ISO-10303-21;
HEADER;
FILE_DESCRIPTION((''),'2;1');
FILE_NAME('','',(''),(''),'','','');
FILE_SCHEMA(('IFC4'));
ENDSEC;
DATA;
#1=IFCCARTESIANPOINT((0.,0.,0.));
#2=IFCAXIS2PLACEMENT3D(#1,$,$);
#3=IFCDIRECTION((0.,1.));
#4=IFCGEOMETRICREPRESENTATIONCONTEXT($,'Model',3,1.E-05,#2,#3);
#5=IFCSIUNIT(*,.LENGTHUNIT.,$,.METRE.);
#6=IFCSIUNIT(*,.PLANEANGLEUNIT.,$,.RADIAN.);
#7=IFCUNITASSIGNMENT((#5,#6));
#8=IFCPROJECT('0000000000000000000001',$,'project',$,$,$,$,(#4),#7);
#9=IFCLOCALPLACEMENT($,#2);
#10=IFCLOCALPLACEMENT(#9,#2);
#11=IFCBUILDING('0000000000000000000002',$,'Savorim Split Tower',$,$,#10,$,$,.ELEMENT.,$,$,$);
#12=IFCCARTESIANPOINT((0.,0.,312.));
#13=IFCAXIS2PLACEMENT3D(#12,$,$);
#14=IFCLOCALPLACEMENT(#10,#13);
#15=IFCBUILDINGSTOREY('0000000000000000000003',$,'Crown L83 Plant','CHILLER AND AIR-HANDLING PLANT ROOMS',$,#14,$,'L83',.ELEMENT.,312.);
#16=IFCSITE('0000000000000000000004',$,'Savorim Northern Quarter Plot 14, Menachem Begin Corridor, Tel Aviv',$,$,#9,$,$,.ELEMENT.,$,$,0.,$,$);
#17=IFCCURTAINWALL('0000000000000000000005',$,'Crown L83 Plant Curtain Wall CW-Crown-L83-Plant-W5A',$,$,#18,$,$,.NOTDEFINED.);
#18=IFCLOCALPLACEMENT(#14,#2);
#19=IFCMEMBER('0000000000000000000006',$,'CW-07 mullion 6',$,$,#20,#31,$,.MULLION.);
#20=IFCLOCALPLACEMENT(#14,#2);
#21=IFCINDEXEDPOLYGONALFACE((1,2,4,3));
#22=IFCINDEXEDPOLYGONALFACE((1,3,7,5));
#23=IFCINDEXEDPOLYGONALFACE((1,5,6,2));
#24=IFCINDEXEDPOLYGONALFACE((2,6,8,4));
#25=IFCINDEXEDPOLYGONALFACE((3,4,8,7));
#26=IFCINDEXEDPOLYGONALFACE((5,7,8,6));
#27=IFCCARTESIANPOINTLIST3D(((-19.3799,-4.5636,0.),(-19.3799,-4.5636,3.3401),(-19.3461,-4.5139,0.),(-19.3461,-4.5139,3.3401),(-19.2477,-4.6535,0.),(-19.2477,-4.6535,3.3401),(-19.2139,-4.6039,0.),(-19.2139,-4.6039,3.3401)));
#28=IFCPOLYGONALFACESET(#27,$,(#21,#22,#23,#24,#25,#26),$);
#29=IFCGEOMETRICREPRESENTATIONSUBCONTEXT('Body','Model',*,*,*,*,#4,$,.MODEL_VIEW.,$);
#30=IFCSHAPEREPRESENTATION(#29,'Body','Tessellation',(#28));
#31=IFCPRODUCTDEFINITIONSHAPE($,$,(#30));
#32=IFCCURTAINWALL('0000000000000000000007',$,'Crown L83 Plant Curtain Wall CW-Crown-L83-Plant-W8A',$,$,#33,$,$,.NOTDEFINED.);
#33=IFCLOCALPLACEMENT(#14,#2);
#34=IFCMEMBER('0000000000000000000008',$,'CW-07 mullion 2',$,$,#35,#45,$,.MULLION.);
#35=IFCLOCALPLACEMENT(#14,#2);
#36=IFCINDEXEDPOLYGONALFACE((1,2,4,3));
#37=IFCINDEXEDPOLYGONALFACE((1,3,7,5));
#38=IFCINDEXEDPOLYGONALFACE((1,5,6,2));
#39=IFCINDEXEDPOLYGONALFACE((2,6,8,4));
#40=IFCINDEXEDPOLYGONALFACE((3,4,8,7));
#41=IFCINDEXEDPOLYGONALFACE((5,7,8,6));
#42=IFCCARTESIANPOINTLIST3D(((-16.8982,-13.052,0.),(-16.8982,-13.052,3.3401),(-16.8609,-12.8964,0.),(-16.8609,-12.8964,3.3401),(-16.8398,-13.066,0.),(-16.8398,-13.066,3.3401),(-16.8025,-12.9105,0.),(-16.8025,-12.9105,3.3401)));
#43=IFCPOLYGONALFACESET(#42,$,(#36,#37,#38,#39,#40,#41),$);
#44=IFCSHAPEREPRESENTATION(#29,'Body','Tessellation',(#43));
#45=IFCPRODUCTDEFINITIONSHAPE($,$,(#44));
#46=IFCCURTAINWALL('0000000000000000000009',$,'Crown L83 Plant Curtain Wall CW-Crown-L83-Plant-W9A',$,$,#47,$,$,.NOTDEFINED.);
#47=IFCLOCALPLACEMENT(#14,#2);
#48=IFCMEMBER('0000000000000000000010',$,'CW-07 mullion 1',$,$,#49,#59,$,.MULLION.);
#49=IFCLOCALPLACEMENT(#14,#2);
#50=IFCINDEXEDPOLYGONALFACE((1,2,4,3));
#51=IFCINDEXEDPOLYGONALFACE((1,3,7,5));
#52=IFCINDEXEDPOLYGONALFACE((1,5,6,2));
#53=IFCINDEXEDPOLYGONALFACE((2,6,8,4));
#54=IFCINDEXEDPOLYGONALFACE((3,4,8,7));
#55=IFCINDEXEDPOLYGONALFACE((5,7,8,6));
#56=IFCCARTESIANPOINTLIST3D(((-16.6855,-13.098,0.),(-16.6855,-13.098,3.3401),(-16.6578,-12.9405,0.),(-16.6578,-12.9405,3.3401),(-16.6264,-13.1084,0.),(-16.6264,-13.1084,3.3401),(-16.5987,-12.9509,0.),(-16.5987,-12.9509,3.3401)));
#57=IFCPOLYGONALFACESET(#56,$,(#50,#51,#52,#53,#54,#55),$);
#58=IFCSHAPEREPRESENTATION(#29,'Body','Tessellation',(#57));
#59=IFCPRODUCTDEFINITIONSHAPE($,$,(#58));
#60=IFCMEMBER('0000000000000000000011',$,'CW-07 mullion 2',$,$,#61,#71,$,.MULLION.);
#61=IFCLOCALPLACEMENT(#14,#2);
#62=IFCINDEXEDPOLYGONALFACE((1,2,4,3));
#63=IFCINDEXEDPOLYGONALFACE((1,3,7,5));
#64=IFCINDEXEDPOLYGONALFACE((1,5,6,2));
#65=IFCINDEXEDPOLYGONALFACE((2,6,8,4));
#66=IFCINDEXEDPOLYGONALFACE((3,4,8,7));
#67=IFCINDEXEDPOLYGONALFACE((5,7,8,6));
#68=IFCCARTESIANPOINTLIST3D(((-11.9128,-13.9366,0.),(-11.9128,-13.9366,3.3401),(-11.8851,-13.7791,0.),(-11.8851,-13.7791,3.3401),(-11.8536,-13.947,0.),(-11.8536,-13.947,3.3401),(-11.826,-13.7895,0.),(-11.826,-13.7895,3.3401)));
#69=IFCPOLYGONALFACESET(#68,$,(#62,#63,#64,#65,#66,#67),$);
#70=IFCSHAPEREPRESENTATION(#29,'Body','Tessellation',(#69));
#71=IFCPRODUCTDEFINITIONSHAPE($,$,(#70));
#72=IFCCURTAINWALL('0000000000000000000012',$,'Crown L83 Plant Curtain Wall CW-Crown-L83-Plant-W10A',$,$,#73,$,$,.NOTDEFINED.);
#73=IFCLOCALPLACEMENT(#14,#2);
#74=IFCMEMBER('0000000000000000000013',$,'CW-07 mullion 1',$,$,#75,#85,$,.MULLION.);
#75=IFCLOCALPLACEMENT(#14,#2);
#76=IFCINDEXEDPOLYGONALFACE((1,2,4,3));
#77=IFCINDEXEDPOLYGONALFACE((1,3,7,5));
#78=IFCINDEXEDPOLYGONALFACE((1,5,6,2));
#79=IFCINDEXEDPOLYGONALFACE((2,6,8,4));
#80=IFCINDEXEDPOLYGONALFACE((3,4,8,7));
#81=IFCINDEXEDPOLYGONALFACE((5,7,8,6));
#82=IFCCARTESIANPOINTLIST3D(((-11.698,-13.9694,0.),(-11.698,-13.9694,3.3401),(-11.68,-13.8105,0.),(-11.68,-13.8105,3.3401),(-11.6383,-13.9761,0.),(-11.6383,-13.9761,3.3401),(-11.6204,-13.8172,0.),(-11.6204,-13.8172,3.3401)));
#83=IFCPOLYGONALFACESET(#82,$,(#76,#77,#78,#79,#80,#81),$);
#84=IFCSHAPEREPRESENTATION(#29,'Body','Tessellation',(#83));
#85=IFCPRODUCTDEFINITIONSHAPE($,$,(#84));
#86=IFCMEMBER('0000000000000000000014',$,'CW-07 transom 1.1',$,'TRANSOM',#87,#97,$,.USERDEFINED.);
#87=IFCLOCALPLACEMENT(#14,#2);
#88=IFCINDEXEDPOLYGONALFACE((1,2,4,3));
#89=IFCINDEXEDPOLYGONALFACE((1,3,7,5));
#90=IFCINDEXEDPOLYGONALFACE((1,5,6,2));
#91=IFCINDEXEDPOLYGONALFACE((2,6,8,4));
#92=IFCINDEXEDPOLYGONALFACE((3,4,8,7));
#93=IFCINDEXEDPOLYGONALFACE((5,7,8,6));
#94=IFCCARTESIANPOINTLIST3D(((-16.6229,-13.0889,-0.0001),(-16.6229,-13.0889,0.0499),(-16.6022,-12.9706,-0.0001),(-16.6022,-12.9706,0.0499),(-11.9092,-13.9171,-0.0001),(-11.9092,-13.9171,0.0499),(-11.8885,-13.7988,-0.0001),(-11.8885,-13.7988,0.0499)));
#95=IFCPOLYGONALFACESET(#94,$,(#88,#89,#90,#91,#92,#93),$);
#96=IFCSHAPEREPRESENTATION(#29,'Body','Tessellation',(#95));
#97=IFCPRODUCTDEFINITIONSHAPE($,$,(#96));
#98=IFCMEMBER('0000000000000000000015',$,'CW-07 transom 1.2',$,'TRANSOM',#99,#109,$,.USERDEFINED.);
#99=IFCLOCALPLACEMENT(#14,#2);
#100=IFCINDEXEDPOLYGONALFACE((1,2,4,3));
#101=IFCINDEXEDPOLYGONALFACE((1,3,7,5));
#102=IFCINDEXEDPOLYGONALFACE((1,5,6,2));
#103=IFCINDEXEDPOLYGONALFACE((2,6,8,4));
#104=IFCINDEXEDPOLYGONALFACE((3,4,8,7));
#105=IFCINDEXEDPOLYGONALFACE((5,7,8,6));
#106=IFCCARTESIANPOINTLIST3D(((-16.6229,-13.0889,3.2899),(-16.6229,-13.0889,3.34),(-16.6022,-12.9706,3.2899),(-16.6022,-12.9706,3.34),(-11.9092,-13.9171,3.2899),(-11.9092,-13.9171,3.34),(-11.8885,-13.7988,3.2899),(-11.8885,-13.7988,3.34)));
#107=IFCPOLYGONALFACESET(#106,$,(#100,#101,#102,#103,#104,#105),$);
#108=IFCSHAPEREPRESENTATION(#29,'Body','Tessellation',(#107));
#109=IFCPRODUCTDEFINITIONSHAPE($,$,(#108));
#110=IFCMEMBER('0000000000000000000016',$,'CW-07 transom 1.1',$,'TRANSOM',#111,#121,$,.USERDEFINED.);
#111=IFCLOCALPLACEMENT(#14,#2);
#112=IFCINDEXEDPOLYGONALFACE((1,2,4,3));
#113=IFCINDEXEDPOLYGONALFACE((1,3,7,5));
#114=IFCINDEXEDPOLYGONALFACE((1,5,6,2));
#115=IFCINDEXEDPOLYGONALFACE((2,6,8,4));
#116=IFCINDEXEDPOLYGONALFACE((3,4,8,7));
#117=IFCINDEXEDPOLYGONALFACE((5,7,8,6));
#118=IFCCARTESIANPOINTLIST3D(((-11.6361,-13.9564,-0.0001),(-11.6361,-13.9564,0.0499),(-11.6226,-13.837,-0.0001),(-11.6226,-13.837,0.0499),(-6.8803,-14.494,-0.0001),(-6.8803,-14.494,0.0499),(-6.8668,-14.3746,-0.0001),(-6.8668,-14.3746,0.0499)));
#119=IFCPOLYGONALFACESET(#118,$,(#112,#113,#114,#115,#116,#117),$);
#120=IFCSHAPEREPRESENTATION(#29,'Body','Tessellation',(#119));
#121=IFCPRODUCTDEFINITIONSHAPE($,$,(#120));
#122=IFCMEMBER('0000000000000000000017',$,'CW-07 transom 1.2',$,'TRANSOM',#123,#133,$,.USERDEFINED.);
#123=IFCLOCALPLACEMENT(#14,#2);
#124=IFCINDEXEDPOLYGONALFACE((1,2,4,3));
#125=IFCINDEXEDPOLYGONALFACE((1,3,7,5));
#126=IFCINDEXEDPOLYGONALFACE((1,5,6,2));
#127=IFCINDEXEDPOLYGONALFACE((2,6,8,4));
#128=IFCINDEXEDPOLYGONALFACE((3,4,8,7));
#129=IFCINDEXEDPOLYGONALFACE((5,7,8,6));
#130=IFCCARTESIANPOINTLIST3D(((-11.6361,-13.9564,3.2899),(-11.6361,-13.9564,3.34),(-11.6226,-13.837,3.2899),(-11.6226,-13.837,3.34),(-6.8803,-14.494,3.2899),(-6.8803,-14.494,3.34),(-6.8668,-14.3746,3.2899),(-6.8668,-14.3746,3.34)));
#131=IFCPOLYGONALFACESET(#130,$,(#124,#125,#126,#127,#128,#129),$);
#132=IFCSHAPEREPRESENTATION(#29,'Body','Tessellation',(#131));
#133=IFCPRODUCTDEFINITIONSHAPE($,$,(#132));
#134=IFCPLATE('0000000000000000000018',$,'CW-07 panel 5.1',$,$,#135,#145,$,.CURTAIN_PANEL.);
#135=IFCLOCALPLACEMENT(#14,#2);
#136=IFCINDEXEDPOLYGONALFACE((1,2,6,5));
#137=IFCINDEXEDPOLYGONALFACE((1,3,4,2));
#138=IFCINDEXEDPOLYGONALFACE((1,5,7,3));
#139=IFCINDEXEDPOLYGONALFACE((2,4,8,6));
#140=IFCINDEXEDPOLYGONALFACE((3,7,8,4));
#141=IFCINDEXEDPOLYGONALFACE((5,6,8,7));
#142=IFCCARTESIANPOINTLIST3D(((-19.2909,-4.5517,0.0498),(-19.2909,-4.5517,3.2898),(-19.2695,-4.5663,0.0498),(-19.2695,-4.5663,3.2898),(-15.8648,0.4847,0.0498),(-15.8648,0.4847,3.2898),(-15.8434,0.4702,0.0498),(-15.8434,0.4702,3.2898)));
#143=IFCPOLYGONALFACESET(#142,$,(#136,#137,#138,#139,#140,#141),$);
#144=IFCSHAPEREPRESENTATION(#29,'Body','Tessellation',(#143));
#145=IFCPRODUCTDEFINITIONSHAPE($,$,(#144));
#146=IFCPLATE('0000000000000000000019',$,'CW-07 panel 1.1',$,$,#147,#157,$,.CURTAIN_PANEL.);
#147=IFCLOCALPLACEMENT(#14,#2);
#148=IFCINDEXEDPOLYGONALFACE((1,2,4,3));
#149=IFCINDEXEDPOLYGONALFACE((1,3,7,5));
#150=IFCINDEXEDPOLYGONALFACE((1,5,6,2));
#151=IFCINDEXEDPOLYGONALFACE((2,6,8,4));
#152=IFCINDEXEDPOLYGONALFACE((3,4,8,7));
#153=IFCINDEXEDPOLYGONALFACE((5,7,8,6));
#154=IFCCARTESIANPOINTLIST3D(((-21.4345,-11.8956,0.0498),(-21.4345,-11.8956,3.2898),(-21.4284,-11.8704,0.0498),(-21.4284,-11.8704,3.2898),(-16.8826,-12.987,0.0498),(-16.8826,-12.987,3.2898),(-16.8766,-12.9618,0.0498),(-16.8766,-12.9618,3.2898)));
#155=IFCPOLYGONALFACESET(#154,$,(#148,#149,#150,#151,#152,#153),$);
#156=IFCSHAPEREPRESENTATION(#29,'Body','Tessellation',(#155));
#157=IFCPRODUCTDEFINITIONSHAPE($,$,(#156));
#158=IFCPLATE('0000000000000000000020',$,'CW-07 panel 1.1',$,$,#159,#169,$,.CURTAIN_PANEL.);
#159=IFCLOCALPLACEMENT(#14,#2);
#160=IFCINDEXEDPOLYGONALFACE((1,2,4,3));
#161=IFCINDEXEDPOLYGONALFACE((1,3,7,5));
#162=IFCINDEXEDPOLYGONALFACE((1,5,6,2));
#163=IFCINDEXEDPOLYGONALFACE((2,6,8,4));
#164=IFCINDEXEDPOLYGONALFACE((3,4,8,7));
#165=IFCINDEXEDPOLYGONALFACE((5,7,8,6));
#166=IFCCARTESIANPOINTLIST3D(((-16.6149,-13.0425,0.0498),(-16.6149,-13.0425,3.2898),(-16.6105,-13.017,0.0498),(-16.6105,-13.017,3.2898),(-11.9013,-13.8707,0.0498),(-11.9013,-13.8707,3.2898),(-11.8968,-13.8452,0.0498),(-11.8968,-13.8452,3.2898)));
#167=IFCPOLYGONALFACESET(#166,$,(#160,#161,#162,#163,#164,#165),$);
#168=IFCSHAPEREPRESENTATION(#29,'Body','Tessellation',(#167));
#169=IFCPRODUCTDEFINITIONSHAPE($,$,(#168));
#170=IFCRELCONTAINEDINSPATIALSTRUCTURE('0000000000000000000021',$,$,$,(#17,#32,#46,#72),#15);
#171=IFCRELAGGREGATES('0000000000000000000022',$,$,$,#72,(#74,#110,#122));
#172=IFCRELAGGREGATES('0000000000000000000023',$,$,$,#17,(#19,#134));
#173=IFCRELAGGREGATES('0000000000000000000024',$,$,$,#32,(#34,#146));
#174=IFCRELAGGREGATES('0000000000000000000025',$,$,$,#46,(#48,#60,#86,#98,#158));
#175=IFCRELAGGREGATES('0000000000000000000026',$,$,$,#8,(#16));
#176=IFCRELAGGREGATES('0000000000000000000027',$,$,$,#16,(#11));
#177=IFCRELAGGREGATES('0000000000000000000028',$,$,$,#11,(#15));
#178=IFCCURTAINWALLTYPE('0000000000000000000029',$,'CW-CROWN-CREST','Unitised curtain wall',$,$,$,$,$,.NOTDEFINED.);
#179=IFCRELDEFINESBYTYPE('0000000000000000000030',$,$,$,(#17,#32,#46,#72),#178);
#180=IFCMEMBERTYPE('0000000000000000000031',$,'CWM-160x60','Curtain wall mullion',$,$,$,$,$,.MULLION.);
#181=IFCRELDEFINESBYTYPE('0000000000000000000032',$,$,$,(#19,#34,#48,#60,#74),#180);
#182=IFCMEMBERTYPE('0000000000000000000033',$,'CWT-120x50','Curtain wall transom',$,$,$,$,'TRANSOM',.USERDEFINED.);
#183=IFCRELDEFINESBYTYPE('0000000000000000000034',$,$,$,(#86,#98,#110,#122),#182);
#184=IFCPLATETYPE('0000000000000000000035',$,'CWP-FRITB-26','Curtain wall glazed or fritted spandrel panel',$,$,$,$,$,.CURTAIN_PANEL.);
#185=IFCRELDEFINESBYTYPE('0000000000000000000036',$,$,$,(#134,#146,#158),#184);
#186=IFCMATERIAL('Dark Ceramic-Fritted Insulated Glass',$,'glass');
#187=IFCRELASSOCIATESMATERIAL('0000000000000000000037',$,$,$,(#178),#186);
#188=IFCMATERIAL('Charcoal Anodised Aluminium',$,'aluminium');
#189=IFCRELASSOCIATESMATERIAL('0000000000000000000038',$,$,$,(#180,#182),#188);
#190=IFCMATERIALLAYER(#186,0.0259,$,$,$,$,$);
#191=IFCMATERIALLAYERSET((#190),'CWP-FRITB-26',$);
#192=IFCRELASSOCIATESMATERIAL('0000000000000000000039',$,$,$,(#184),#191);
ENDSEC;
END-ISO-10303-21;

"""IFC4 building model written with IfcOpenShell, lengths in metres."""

from ifc_helpers import new_model, si_unit, direction, frame, origin, origin_2d, place, context, subcontext, project, spatial, rectangle, extrude, material, layer, layer_set, material_profile, profile_set, type_object, element, aggregate, save


model = new_model("IFC4")

# Units and contexts
model_context = context("Model", 3, precision=1e-05, world=origin(), true_north=direction((0.0, 1.0)))
body_context = subcontext(model_context, "Body", "Model", "MODEL_VIEW")
ifc_project = project(units=[si_unit("LENGTHUNIT", "METRE"), si_unit("PLANEANGLEUNIT", "RADIAN")], contexts=[model_context])

# Site, building, storey
site_placement = place(None, origin())
site = spatial("IfcSite", under=ifc_project, at=site_placement, Name="Savorim Northern Quarter Plot 14, Menachem Begin Corridor, Tel Aviv", CompositionType="ELEMENT", RefElevation=0.0)
building_placement = place(site_placement, origin())
building = spatial("IfcBuilding", under=site, at=building_placement, Name="Savorim Split Tower", CompositionType="ELEMENT")
storey_placement = place(building_placement, frame((0.0, 0.0, 312.0)))
storey = spatial("IfcBuildingStorey", under=building, at=storey_placement, Name="Crown L83 Plant", Description="CHILLER AND AIR-HANDLING PLANT ROOMS", LongName="L83", CompositionType="ELEMENT", Elevation=312.0)

# Curtain walls, members
ifc_material_1 = material(Name="Dark Ceramic-Fritted Insulated Glass", Category="glass")
curtain_wall_type = type_object("IfcCurtainWallType", Name="CW-CROWN-CREST", Description="Unitised curtain wall", PredefinedType="NOTDEFINED", material=ifc_material_1)
curtain_wall_1_placement = place(storey_placement, origin())
curtain_wall_1 = element("IfcCurtainWall", 1, at=curtain_wall_1_placement, inside=storey, type_object=curtain_wall_type, Name="Crown L83 Plant Curtain Wall CW-Crown-L83-Plant-W5A", PredefinedType="NOTDEFINED")
ifc_material_2 = material(Name="Charcoal Anodised Aluminium", Category="aluminium")
ifc_material_profile_1 = material_profile(ifc_material_2, rectangle(XDim=0.1599, YDim=0.0601, at=origin_2d()), Name="ALU-M 160x60")
ifc_profile_set_1 = profile_set([ifc_material_profile_1], Name="Charcoal Anodised Aluminium")
member_type_1 = type_object("IfcMemberType", Name="CWM-160x60", Description="Curtain wall mullion", PredefinedType="MULLION", material=ifc_profile_set_1)
member_1_placement = place(storey_placement, frame((-19.2969, -4.5837, 0.0), z_axis=(0.0, 0.0, 1.0), x_axis=(0.826821, -0.562465, 0.0)))
member_1 = element("IfcMember", 2, at=member_1_placement, type_object=member_type_1, Name="CW-07 mullion 6", PredefinedType="MULLION", context=body_context, shape_type="SweptSolid", body=[
    extrude(rectangle(XDim=0.1599, YDim=0.0601, at=origin_2d()), origin(), (0.0, 0.0, 1.0), 3.3401),
])
curtain_wall_2_placement = place(storey_placement, origin())
curtain_wall_2 = element("IfcCurtainWall", 3, at=curtain_wall_2_placement, inside=storey, type_object=curtain_wall_type, Name="Crown L83 Plant Curtain Wall CW-Crown-L83-Plant-W8A", PredefinedType="NOTDEFINED")
member_2_placement = place(storey_placement, frame((-16.8503, -12.9812, 0.0), z_axis=(0.0, 0.0, 1.0), x_axis=(0.233163, 0.972438, 0.0)))
member_2 = element("IfcMember", 4, at=member_2_placement, type_object=member_type_1, Name="CW-07 mullion 2", PredefinedType="MULLION", context=body_context, shape_type="SweptSolid", body=[
    extrude(rectangle(XDim=0.1599, YDim=0.0601, at=origin_2d()), origin(), (0.0, 0.0, 1.0), 3.3401),
])

# Curtain wall, members
curtain_wall_3_placement = place(storey_placement, origin())
curtain_wall_3 = element("IfcCurtainWall", 5, at=curtain_wall_3_placement, inside=storey, type_object=curtain_wall_type, Name="Crown L83 Plant Curtain Wall CW-Crown-L83-Plant-W9A", PredefinedType="NOTDEFINED")
member_3_placement = place(storey_placement, frame((-16.6421, -13.0244, 0.0), z_axis=(0.0, 0.0, 1.0), x_axis=(0.17306, 0.984911, 0.0)))
member_3 = element("IfcMember", 6, at=member_3_placement, type_object=member_type_1, Name="CW-07 mullion 1", PredefinedType="MULLION", context=body_context, shape_type="SweptSolid", body=[
    extrude(rectangle(XDim=0.1599, YDim=0.0601, at=origin_2d()), origin(), (0.0, 0.0, 1.0), 3.3401),
])
member_4_placement = place(storey_placement, frame((-11.8694, -13.863, 0.0), z_axis=(0.0, 0.0, 1.0), x_axis=(0.17306, 0.984911, 0.0)))
member_4 = element("IfcMember", 7, at=member_4_placement, type_object=member_type_1, Name="CW-07 mullion 2", PredefinedType="MULLION", context=body_context, shape_type="SweptSolid", body=[
    extrude(rectangle(XDim=0.1599, YDim=0.0601, at=origin_2d()), origin(), (0.0, 0.0, 1.0), 3.3401),
])

# Curtain wall, member
curtain_wall_4_placement = place(storey_placement, origin())
curtain_wall_4 = element("IfcCurtainWall", 8, at=curtain_wall_4_placement, inside=storey, type_object=curtain_wall_type, Name="Crown L83 Plant Curtain Wall CW-Crown-L83-Plant-W10A", PredefinedType="NOTDEFINED")
member_5_placement = place(storey_placement, frame((-11.6592, -13.8933, 0.0), z_axis=(0.0, 0.0, 1.0), x_axis=(0.112333, 0.993671, 0.0)))
member_5 = element("IfcMember", 9, at=member_5_placement, type_object=member_type_1, Name="CW-07 mullion 1", PredefinedType="MULLION", context=body_context, shape_type="SweptSolid", body=[
    extrude(rectangle(XDim=0.1599, YDim=0.0601, at=origin_2d()), origin(), (0.0, 0.0, 1.0), 3.3401),
])

# Members
ifc_material_profile_2 = material_profile(ifc_material_2, rectangle(XDim=0.1201, YDim=0.05, at=origin_2d()), Name="ALU-T 120x50")
ifc_profile_set_2 = profile_set([ifc_material_profile_2], Name="Charcoal Anodised Aluminium")
member_type_2 = type_object("IfcMemberType", Name="CWT-120x50", Description="Curtain wall transom", ElementType="TRANSOM", PredefinedType="USERDEFINED", material=ifc_profile_set_2)
member_6_placement = place(storey_placement, frame((-16.6125, -13.0298, 0.0249), z_axis=(0.984915, -0.173037, 0.0), x_axis=(0.173037, 0.984915, 0.0)))
member_6 = element("IfcMember", 10, at=member_6_placement, type_object=member_type_2, Name="CW-07 transom 1.1", ObjectType="TRANSOM", PredefinedType="USERDEFINED", context=body_context, shape_type="SweptSolid", body=[
    extrude(rectangle(XDim=0.1201, YDim=0.05, at=origin_2d()), origin(), (0.0, 0.0, 1.0), 4.7859),
])
member_7_placement = place(storey_placement, frame((-16.6125, -13.0298, 3.3149), z_axis=(0.984915, -0.173037, 0.0), x_axis=(0.173037, 0.984915, 0.0)))
member_7 = element("IfcMember", 11, at=member_7_placement, type_object=member_type_2, Name="CW-07 transom 1.2", ObjectType="TRANSOM", PredefinedType="USERDEFINED", context=body_context, shape_type="SweptSolid", body=[
    extrude(rectangle(XDim=0.1201, YDim=0.05, at=origin_2d()), origin(), (0.0, 0.0, 1.0), 4.7859),
])
member_8_placement = place(storey_placement, frame((-11.6294, -13.8967, 0.0249), z_axis=(0.993672, -0.112324, 0.0), x_axis=(0.112324, 0.993672, 0.0)))
member_8 = element("IfcMember", 12, at=member_8_placement, type_object=member_type_2, Name="CW-07 transom 1.1", ObjectType="TRANSOM", PredefinedType="USERDEFINED", context=body_context, shape_type="SweptSolid", body=[
    extrude(rectangle(XDim=0.1201, YDim=0.05, at=origin_2d()), origin(), (0.0, 0.0, 1.0), 4.7861),
])
member_9_placement = place(storey_placement, frame((-11.6294, -13.8967, 3.3149), z_axis=(0.993672, -0.112324, 0.0), x_axis=(0.112324, 0.993672, 0.0)))
member_9 = element("IfcMember", 13, at=member_9_placement, type_object=member_type_2, Name="CW-07 transom 1.2", ObjectType="TRANSOM", PredefinedType="USERDEFINED", context=body_context, shape_type="SweptSolid", body=[
    extrude(rectangle(XDim=0.1201, YDim=0.05, at=origin_2d()), origin(), (0.0, 0.0, 1.0), 4.7861),
])
aggregate(curtain_wall_4, [member_5, member_8, member_9])

# Plates
ifc_layer_1 = layer(ifc_material_1, 0.0259)
ifc_layer_set_1 = layer_set([ifc_layer_1], Name="CWP-FRITB-26")
plate_type = type_object("IfcPlateType", Name="CWP-FRITB-26", Description="Curtain wall glazed or fritted spandrel panel", PredefinedType="CURTAIN_PANEL", material=ifc_layer_set_1)
plate_1_placement = place(storey_placement, frame((-17.5671, -2.0408, 0.0498), z_axis=(0.0, 0.0, 1.0), x_axis=(-0.562465, -0.826821, 0.0)))
plate_1 = element("IfcPlate", 14, at=plate_1_placement, type_object=plate_type, Name="CW-07 panel 5.1", PredefinedType="CURTAIN_PANEL", context=body_context, shape_type="SweptSolid", body=[
    extrude(rectangle(XDim=6.0913, YDim=0.0259, at=origin_2d()), origin(), (0.0, 0.0, 1.0), 3.24),
])
aggregate(curtain_wall_1, [member_1, plate_1])
plate_2_placement = place(storey_placement, frame((-19.1555, -12.4287, 0.0498), z_axis=(0.0, 0.0, 1.0), x_axis=(0.972438, -0.233163, 0.0)))
plate_2 = element("IfcPlate", 15, at=plate_2_placement, type_object=plate_type, Name="CW-07 panel 1.1", PredefinedType="CURTAIN_PANEL", context=body_context, shape_type="SweptSolid", body=[
    extrude(rectangle(XDim=4.6809, YDim=0.0259, at=origin_2d()), origin(), (0.0, 0.0, 1.0), 3.24),
])
aggregate(curtain_wall_2, [member_2, plate_2])
plate_3_placement = place(storey_placement, frame((-14.2559, -13.4438, 0.0498), z_axis=(0.0, 0.0, 1.0), x_axis=(0.984911, -0.17306, 0.0)))
plate_3 = element("IfcPlate", 16, at=plate_3_placement, type_object=plate_type, Name="CW-07 panel 1.1", PredefinedType="CURTAIN_PANEL", context=body_context, shape_type="SweptSolid", body=[
    extrude(rectangle(XDim=4.7859, YDim=0.0259, at=origin_2d()), origin(), (0.0, 0.0, 1.0), 3.24),
])
aggregate(curtain_wall_3, [member_3, member_4, member_6, member_7, plate_3])

save(model, "model.ifc")
